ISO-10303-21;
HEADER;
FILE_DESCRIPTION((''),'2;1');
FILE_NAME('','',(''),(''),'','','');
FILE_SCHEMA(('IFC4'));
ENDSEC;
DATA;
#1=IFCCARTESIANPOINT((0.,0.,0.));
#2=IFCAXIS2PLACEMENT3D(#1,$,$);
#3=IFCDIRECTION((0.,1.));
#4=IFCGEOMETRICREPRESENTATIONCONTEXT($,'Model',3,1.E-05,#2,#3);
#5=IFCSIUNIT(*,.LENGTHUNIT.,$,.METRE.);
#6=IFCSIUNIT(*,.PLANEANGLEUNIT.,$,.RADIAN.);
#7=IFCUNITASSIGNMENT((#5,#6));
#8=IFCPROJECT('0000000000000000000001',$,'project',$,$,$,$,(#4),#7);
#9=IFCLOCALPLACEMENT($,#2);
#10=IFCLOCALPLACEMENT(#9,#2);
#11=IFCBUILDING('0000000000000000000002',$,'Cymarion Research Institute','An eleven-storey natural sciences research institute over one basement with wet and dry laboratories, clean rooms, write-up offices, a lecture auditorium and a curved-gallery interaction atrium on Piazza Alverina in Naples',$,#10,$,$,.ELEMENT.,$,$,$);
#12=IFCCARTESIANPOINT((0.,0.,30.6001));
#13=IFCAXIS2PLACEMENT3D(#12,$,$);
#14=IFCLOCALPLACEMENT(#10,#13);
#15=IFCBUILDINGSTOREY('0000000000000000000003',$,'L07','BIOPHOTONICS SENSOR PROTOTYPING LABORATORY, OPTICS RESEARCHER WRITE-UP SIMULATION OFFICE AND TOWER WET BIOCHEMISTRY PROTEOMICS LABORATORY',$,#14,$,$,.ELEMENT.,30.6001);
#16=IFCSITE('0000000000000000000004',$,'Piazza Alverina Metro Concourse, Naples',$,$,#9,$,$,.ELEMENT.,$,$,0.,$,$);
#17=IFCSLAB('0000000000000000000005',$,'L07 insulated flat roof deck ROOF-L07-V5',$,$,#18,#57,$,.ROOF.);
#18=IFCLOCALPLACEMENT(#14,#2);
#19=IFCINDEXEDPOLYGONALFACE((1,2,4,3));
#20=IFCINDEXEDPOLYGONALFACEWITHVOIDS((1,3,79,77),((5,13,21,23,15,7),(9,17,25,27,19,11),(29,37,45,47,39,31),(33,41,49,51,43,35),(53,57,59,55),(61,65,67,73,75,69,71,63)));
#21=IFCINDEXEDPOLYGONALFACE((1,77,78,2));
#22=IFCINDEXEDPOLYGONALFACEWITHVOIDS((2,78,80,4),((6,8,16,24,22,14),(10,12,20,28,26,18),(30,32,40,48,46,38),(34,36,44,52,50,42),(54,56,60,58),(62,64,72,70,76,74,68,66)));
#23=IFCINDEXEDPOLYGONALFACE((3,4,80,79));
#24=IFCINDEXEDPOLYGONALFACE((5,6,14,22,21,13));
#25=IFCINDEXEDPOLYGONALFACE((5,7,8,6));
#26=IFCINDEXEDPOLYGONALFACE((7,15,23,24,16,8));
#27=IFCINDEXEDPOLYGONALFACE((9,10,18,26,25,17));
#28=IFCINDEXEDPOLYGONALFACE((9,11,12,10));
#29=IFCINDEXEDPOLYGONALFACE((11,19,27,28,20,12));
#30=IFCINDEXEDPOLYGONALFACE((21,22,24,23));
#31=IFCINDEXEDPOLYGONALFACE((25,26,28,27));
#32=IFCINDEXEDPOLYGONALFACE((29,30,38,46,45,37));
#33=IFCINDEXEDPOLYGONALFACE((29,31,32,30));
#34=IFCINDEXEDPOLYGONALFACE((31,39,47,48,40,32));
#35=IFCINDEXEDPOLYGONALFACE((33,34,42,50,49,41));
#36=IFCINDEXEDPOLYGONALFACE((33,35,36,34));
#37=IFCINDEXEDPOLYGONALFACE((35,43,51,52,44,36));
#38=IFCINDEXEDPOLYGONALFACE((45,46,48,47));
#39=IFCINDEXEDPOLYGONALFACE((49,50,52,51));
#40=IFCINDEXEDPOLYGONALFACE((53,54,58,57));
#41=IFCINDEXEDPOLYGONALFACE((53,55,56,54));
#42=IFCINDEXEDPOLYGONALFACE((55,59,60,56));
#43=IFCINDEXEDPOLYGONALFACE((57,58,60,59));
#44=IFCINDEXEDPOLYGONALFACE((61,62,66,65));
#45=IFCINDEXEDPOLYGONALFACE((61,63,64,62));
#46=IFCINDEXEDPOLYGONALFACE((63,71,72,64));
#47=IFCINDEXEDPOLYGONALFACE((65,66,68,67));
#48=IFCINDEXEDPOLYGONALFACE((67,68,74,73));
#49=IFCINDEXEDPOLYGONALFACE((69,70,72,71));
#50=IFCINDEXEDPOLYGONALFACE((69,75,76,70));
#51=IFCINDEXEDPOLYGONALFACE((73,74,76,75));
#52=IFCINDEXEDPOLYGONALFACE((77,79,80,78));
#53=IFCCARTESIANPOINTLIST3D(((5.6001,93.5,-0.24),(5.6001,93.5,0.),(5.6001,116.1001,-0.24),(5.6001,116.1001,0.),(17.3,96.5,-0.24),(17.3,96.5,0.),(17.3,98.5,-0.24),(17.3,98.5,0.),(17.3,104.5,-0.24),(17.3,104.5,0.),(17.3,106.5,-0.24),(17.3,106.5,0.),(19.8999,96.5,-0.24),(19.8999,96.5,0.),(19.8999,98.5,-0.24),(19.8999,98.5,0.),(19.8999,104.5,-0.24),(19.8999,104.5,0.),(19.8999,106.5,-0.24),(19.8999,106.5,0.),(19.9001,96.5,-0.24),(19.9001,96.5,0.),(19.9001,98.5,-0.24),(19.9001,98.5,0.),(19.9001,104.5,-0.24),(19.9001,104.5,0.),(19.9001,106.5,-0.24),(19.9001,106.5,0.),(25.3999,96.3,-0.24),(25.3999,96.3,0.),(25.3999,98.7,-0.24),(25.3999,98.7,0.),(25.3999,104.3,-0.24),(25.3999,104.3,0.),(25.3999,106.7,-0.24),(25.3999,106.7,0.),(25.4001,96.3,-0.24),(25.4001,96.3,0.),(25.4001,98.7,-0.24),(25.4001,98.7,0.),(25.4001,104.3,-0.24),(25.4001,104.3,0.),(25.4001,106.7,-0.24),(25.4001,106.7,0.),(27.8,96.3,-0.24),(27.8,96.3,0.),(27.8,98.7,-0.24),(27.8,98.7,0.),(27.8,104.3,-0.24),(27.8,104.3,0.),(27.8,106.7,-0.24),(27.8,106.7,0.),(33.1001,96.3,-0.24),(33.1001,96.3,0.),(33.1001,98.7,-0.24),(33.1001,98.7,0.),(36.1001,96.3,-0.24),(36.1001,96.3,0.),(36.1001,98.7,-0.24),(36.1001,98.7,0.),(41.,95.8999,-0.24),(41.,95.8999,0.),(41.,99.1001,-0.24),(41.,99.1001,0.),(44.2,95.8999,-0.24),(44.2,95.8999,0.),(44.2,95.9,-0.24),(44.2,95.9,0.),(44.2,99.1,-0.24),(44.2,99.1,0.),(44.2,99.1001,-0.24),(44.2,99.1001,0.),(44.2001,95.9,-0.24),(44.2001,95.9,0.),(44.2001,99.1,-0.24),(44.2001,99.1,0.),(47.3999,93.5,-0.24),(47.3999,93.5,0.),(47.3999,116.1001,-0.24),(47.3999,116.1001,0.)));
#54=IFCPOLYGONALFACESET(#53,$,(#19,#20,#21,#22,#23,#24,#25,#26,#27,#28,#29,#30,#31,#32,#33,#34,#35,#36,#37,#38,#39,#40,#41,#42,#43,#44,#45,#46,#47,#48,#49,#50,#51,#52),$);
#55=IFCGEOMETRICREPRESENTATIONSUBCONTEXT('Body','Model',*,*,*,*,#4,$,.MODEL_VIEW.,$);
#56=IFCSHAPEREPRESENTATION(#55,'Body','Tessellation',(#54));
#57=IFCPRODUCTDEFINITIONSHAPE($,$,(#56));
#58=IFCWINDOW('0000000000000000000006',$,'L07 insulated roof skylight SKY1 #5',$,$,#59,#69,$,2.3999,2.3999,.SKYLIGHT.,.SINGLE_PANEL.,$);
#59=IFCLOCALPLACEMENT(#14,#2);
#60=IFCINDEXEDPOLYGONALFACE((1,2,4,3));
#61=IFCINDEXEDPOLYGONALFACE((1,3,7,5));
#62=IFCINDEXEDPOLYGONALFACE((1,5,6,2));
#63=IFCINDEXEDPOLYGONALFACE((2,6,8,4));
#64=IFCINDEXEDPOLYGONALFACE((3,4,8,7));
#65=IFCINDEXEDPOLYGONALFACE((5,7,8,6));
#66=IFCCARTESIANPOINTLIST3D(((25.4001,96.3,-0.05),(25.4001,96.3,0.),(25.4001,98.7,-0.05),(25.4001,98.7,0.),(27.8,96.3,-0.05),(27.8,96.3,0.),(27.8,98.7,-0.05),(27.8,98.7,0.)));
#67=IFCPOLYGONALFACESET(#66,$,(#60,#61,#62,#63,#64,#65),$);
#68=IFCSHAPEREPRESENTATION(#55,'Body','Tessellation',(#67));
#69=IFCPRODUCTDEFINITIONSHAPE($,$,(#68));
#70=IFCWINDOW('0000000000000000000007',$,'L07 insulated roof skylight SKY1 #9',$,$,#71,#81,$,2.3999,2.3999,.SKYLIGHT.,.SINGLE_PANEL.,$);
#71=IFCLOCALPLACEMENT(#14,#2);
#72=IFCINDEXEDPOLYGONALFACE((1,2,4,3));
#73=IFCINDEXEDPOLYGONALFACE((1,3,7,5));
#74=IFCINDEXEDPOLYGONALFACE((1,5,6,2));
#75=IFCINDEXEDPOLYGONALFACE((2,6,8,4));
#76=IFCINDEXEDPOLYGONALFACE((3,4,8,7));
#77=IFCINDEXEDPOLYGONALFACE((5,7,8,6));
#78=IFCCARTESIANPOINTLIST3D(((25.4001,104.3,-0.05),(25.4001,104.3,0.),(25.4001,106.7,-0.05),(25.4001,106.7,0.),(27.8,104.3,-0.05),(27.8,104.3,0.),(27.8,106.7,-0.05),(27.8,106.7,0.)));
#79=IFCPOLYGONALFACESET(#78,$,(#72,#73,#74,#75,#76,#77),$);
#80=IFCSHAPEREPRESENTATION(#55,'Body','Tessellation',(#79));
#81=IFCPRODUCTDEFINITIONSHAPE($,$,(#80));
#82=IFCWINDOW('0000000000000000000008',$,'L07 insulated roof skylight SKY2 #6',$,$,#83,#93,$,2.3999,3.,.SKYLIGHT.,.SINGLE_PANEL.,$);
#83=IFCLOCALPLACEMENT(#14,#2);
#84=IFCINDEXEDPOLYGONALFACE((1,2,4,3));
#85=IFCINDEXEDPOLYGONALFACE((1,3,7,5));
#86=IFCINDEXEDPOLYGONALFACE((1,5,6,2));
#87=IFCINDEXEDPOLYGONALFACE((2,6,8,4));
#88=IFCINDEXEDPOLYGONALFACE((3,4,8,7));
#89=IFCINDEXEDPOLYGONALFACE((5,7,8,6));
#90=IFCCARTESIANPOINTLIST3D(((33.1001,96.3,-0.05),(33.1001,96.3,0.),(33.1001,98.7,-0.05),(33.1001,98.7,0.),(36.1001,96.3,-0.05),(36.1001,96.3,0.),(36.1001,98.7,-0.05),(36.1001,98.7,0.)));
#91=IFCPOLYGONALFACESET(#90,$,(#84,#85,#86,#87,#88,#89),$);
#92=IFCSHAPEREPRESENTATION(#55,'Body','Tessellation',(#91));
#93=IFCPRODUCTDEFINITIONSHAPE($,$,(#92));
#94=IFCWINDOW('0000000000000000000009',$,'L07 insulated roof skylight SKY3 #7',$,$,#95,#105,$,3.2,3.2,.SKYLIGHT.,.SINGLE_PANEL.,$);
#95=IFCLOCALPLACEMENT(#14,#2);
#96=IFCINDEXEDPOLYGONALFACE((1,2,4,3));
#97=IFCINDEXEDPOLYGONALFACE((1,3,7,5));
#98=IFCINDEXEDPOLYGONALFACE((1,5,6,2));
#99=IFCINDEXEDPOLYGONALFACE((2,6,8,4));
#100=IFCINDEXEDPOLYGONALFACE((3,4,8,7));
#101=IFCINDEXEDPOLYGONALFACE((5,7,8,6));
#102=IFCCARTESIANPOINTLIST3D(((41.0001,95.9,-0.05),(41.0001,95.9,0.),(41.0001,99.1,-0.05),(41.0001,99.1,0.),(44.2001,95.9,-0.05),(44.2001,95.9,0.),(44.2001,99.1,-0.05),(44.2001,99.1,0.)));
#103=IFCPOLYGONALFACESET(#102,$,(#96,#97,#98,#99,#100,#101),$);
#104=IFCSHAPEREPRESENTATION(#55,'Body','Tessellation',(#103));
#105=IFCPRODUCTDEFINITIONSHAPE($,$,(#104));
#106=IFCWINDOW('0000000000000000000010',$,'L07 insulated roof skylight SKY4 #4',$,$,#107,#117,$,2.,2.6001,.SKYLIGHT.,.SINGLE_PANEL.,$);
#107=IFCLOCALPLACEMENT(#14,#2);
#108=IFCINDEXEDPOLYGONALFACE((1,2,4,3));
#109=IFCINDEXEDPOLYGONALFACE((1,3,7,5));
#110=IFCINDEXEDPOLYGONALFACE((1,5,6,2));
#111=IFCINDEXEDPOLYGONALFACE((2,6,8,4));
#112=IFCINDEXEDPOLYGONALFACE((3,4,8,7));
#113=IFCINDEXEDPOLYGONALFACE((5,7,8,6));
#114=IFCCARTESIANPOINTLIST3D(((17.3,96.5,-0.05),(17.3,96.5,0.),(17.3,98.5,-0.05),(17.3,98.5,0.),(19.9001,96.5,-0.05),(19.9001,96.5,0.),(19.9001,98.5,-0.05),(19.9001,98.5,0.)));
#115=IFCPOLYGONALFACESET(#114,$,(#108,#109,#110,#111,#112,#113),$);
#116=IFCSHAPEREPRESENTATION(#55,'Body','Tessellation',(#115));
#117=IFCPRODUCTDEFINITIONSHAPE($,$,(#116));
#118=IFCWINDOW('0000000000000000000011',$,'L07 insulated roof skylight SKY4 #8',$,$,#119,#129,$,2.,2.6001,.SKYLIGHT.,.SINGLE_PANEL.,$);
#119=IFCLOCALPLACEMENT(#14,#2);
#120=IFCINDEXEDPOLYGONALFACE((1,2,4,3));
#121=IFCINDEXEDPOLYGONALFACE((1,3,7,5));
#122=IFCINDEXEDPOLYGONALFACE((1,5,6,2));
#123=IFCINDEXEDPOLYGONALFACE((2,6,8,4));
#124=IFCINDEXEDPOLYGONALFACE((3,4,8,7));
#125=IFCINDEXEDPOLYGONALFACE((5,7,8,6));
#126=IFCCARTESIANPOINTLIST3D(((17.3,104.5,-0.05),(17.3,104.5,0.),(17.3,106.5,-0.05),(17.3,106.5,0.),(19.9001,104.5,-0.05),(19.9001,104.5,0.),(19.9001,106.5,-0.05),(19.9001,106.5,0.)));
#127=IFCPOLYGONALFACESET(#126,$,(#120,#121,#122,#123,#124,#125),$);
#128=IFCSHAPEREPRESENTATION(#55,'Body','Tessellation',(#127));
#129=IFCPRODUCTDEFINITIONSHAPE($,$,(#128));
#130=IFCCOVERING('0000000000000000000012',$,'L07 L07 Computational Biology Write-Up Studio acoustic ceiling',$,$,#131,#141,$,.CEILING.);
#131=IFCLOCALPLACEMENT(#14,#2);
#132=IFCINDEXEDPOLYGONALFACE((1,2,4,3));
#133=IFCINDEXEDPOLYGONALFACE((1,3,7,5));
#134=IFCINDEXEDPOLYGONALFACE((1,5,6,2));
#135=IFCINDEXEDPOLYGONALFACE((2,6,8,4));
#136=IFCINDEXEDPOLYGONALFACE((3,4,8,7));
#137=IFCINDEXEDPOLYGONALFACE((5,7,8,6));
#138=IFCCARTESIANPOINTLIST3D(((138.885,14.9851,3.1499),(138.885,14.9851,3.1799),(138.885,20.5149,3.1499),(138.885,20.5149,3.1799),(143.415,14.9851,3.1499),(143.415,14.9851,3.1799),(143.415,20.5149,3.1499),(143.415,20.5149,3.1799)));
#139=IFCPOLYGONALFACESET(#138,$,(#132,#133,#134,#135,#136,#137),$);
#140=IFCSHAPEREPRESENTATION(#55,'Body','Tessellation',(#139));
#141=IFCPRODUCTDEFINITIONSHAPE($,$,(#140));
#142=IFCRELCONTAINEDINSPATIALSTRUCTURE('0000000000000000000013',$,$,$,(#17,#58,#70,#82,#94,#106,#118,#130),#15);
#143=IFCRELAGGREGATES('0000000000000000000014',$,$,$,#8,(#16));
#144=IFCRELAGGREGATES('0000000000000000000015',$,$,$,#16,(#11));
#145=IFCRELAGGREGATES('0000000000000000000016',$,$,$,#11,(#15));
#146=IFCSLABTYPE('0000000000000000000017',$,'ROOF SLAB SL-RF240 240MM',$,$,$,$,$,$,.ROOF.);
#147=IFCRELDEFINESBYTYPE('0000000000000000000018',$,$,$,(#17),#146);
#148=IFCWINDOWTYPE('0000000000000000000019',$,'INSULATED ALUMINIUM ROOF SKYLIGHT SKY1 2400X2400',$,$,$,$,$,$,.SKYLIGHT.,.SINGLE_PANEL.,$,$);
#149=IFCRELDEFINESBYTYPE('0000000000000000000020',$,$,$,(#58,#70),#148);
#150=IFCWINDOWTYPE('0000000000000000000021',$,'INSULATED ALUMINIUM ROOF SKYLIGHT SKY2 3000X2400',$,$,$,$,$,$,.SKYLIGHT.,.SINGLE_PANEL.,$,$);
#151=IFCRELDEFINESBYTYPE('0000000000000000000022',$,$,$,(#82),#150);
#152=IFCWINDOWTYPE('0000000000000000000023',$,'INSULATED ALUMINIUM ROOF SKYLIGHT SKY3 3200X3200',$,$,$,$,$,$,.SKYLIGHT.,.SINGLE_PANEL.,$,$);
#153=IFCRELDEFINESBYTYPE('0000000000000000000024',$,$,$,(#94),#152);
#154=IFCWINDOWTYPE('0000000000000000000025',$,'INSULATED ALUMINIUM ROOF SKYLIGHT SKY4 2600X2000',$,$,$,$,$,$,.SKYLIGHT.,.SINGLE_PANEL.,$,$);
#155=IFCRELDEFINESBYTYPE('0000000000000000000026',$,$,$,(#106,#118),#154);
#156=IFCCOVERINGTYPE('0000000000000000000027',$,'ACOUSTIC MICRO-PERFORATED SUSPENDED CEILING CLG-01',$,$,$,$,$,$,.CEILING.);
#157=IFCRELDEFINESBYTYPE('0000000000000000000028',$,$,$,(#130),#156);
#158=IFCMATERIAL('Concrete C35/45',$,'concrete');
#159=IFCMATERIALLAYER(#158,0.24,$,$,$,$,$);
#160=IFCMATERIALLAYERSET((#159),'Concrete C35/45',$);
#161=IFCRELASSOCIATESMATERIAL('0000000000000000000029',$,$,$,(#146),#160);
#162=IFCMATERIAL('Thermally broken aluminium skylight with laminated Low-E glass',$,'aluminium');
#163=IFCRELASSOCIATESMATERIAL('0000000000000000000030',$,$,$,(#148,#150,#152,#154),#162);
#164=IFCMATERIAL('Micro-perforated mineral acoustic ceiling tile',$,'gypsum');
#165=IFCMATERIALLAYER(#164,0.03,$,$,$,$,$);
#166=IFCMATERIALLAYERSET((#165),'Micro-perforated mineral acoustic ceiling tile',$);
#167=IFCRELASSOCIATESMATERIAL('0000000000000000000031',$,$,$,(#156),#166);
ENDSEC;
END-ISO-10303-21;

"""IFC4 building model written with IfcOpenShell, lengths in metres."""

from ifc_helpers import new_model, si_unit, direction, frame, origin, origin_2d, place, context, subcontext, project, spatial, polyline, rectangle, outline, extrude, material, layer, layer_set, type_object, element, fill, save


model = new_model("IFC4")

# Units and contexts
model_context = context("Model", 3, precision=1e-05, world=origin(), true_north=direction((0.0, 1.0)))
body_context = subcontext(model_context, "Body", "Model", "MODEL_VIEW")
ifc_project = project(units=[si_unit("LENGTHUNIT", "METRE"), si_unit("PLANEANGLEUNIT", "RADIAN")], contexts=[model_context])

# Site, building, storey
site_placement = place(None, origin())
site = spatial("IfcSite", under=ifc_project, at=site_placement, Name="Piazza Alverina Metro Concourse, Naples", CompositionType="ELEMENT", RefElevation=0.0)
building_placement = place(site_placement, origin())
building = spatial("IfcBuilding", under=site, at=building_placement, Name="Cymarion Research Institute", Description="An eleven-storey natural sciences research institute over one basement with wet and dry laboratories, clean rooms, write-up offices, a lecture auditorium and a curved-gallery interaction atrium on Piazza Alverina in Naples", CompositionType="ELEMENT")
storey_placement = place(building_placement, frame((0.0, 0.0, 30.6001)))
storey = spatial("IfcBuildingStorey", under=building, at=storey_placement, Name="L07", Description="BIOPHOTONICS SENSOR PROTOTYPING LABORATORY, OPTICS RESEARCHER WRITE-UP SIMULATION OFFICE AND TOWER WET BIOCHEMISTRY PROTEOMICS LABORATORY", CompositionType="ELEMENT", Elevation=30.6001)

# Shared definitions
ifc_material_1 = material(Name="Concrete C35/45", Category="concrete")

# Slab, openings, windows
ifc_layer_1 = layer(ifc_material_1, 0.24)
ifc_layer_set_1 = layer_set([ifc_layer_1], Name="Concrete C35/45")
slab_type_1 = type_object("IfcSlabType", Name="ROOF SLAB SL-RF240 240MM", PredefinedType="ROOF", material=ifc_layer_set_1)
slab_1_placement = place(storey_placement, frame((0.0, 0.0, -0.24)))
slab_1 = element("IfcSlab", 1, at=slab_1_placement, inside=storey, type_object=slab_type_1, Name="L07 insulated flat roof deck ROOF-L07-V5", PredefinedType="ROOF", context=body_context, shape_type="SweptSolid", body=[
    extrude(outline(polyline([(5.6001, 93.5), (47.3999, 93.5), (47.3999, 116.1001), (5.6001, 116.1001), (5.6001, 93.5)]), holes=[polyline([(17.3, 96.5), (17.3, 98.5), (19.8999, 98.5), (19.8999, 96.5), (17.3, 96.5)]), polyline([(25.3999, 96.3), (25.3999, 98.7), (27.8, 98.7), (27.8, 96.3), (25.3999, 96.3)]), polyline([(33.1001, 96.3), (33.1001, 98.7), (36.1001, 98.7), (36.1001, 96.3), (33.1001, 96.3)]), polyline([(41.0, 95.8999), (41.0, 99.1001), (44.2, 99.1001), (44.2, 95.8999), (41.0, 95.8999)]), polyline([(17.3, 104.5), (17.3, 106.5), (19.8999, 106.5), (19.8999, 104.5), (17.3, 104.5)]), polyline([(25.3999, 104.3), (25.3999, 106.7), (27.8, 106.7), (27.8, 104.3), (25.3999, 104.3)])]), origin(), (0.0, 0.0, 1.0), 0.24),
])
opening_1_placement = place(slab_1_placement, frame((18.6001, 97.5, 0.0)))
opening_1 = element("IfcOpeningElement", 2, at=opening_1_placement, cuts=slab_1, PredefinedType="OPENING", context=body_context, shape_type="SweptSolid", body=[
    extrude(rectangle(XDim=2.6001, YDim=2.0, at=origin_2d()), frame((0.0, 0.0, -0.01)), (0.0, 0.0, 1.0), 0.26),
])
opening_2_placement = place(slab_1_placement, frame((26.6001, 97.5, 0.0)))
opening_2 = element("IfcOpeningElement", 3, at=opening_2_placement, cuts=slab_1, PredefinedType="OPENING", context=body_context, shape_type="SweptSolid", body=[
    extrude(rectangle(XDim=2.3999, YDim=2.3999, at=origin_2d()), frame((0.0, 0.0, -0.01)), (0.0, 0.0, 1.0), 0.26),
])
opening_3_placement = place(slab_1_placement, frame((34.6001, 97.5, 0.0)))
opening_3 = element("IfcOpeningElement", 4, at=opening_3_placement, cuts=slab_1, PredefinedType="OPENING", context=body_context, shape_type="SweptSolid", body=[
    extrude(rectangle(XDim=3.0, YDim=2.3999, at=origin_2d()), frame((0.0, 0.0, -0.01)), (0.0, 0.0, 1.0), 0.26),
])
opening_4_placement = place(slab_1_placement, frame((42.6001, 97.5, 0.0)))
opening_4 = element("IfcOpeningElement", 5, at=opening_4_placement, cuts=slab_1, PredefinedType="OPENING", context=body_context, shape_type="SweptSolid", body=[
    extrude(rectangle(XDim=3.2, YDim=3.2, at=origin_2d()), frame((0.0, 0.0, -0.01)), (0.0, 0.0, 1.0), 0.26),
])
opening_5_placement = place(slab_1_placement, frame((18.6001, 105.5, 0.0)))
opening_5 = element("IfcOpeningElement", 6, at=opening_5_placement, cuts=slab_1, PredefinedType="OPENING", context=body_context, shape_type="SweptSolid", body=[
    extrude(rectangle(XDim=2.6001, YDim=2.0, at=origin_2d()), frame((0.0, 0.0, -0.01)), (0.0, 0.0, 1.0), 0.26),
])
opening_6_placement = place(slab_1_placement, frame((26.6001, 105.5, 0.0)))
opening_6 = element("IfcOpeningElement", 7, at=opening_6_placement, cuts=slab_1, PredefinedType="OPENING", context=body_context, shape_type="SweptSolid", body=[
    extrude(rectangle(XDim=2.3999, YDim=2.3999, at=origin_2d()), frame((0.0, 0.0, -0.01)), (0.0, 0.0, 1.0), 0.26),
])
ifc_material_2 = material(Name="Thermally broken aluminium skylight with laminated Low-E glass", Category="aluminium")
window_type_1 = type_object("IfcWindowType", Name="INSULATED ALUMINIUM ROOF SKYLIGHT SKY1 2400X2400", PartitioningType="SINGLE_PANEL", PredefinedType="SKYLIGHT", material=ifc_material_2)
window_1_placement = place(opening_2_placement, frame((0.0, 0.0, 0.1899)))
window_1 = element("IfcWindow", 8, at=window_1_placement, inside=storey, type_object=window_type_1, Name="L07 insulated roof skylight SKY1 #5", OverallHeight=2.3999, OverallWidth=2.3999, PartitioningType="SINGLE_PANEL", PredefinedType="SKYLIGHT", context=body_context, shape_type="SweptSolid", body=[
    extrude(rectangle(XDim=2.3999, YDim=2.3999, at=origin_2d()), origin(), (0.0, 0.0, 1.0), 0.05),
])
fill(opening_2, window_1)
window_2_placement = place(opening_6_placement, frame((0.0, 0.0, 0.1899)))
window_2 = element("IfcWindow", 9, at=window_2_placement, inside=storey, type_object=window_type_1, Name="L07 insulated roof skylight SKY1 #9", OverallHeight=2.3999, OverallWidth=2.3999, PartitioningType="SINGLE_PANEL", PredefinedType="SKYLIGHT", context=body_context, shape_type="SweptSolid", body=[
    extrude(rectangle(XDim=2.3999, YDim=2.3999, at=origin_2d()), origin(), (0.0, 0.0, 1.0), 0.05),
])
fill(opening_6, window_2)
window_type_2 = type_object("IfcWindowType", Name="INSULATED ALUMINIUM ROOF SKYLIGHT SKY2 3000X2400", PartitioningType="SINGLE_PANEL", PredefinedType="SKYLIGHT", material=ifc_material_2)
window_3_placement = place(opening_3_placement, frame((0.0, 0.0, 0.1899)))
window_3 = element("IfcWindow", 10, at=window_3_placement, inside=storey, type_object=window_type_2, Name="L07 insulated roof skylight SKY2 #6", OverallHeight=2.3999, OverallWidth=3.0, PartitioningType="SINGLE_PANEL", PredefinedType="SKYLIGHT", context=body_context, shape_type="SweptSolid", body=[
    extrude(rectangle(XDim=3.0, YDim=2.3999, at=origin_2d()), origin(), (0.0, 0.0, 1.0), 0.05),
])
fill(opening_3, window_3)
window_type_3 = type_object("IfcWindowType", Name="INSULATED ALUMINIUM ROOF SKYLIGHT SKY3 3200X3200", PartitioningType="SINGLE_PANEL", PredefinedType="SKYLIGHT", material=ifc_material_2)
window_4_placement = place(opening_4_placement, frame((0.0, 0.0, 0.1899)))
window_4 = element("IfcWindow", 11, at=window_4_placement, inside=storey, type_object=window_type_3, Name="L07 insulated roof skylight SKY3 #7", OverallHeight=3.2, OverallWidth=3.2, PartitioningType="SINGLE_PANEL", PredefinedType="SKYLIGHT", context=body_context, shape_type="SweptSolid", body=[
    extrude(rectangle(XDim=3.2, YDim=3.2, at=origin_2d()), origin(), (0.0, 0.0, 1.0), 0.05),
])
fill(opening_4, window_4)
window_type_4 = type_object("IfcWindowType", Name="INSULATED ALUMINIUM ROOF SKYLIGHT SKY4 2600X2000", PartitioningType="SINGLE_PANEL", PredefinedType="SKYLIGHT", material=ifc_material_2)
window_5_placement = place(opening_1_placement, frame((0.0, 0.0, 0.1899)))
window_5 = element("IfcWindow", 12, at=window_5_placement, inside=storey, type_object=window_type_4, Name="L07 insulated roof skylight SKY4 #4", OverallHeight=2.0, OverallWidth=2.6001, PartitioningType="SINGLE_PANEL", PredefinedType="SKYLIGHT", context=body_context, shape_type="SweptSolid", body=[
    extrude(rectangle(XDim=2.6001, YDim=2.0, at=origin_2d()), origin(), (0.0, 0.0, 1.0), 0.05),
])
fill(opening_1, window_5)
window_6_placement = place(opening_5_placement, frame((0.0, 0.0, 0.1899)))
window_6 = element("IfcWindow", 13, at=window_6_placement, inside=storey, type_object=window_type_4, Name="L07 insulated roof skylight SKY4 #8", OverallHeight=2.0, OverallWidth=2.6001, PartitioningType="SINGLE_PANEL", PredefinedType="SKYLIGHT", context=body_context, shape_type="SweptSolid", body=[
    extrude(rectangle(XDim=2.6001, YDim=2.0, at=origin_2d()), origin(), (0.0, 0.0, 1.0), 0.05),
])
fill(opening_5, window_6)

# Covering
ifc_material_3 = material(Name="Micro-perforated mineral acoustic ceiling tile", Category="gypsum")
ifc_layer_2 = layer(ifc_material_3, 0.03)
ifc_layer_set_2 = layer_set([ifc_layer_2], Name="Micro-perforated mineral acoustic ceiling tile")
covering_type_1 = type_object("IfcCoveringType", Name="ACOUSTIC MICRO-PERFORATED SUSPENDED CEILING CLG-01", PredefinedType="CEILING", material=ifc_layer_set_2)
covering_1_placement = place(storey_placement, frame((0.0, 0.0, 3.1499)))
element("IfcCovering", 14, at=covering_1_placement, inside=storey, type_object=covering_type_1, Name="L07 L07 Computational Biology Write-Up Studio acoustic ceiling", PredefinedType="CEILING", context=body_context, shape_type="SweptSolid", body=[
    extrude(outline(polyline([(143.415, 20.5149), (143.415, 14.9851), (138.885, 14.9851), (138.885, 20.5149), (143.415, 20.5149)])), origin(), (0.0, 0.0, 1.0), 0.03),
])

save(model, "model.ifc")
